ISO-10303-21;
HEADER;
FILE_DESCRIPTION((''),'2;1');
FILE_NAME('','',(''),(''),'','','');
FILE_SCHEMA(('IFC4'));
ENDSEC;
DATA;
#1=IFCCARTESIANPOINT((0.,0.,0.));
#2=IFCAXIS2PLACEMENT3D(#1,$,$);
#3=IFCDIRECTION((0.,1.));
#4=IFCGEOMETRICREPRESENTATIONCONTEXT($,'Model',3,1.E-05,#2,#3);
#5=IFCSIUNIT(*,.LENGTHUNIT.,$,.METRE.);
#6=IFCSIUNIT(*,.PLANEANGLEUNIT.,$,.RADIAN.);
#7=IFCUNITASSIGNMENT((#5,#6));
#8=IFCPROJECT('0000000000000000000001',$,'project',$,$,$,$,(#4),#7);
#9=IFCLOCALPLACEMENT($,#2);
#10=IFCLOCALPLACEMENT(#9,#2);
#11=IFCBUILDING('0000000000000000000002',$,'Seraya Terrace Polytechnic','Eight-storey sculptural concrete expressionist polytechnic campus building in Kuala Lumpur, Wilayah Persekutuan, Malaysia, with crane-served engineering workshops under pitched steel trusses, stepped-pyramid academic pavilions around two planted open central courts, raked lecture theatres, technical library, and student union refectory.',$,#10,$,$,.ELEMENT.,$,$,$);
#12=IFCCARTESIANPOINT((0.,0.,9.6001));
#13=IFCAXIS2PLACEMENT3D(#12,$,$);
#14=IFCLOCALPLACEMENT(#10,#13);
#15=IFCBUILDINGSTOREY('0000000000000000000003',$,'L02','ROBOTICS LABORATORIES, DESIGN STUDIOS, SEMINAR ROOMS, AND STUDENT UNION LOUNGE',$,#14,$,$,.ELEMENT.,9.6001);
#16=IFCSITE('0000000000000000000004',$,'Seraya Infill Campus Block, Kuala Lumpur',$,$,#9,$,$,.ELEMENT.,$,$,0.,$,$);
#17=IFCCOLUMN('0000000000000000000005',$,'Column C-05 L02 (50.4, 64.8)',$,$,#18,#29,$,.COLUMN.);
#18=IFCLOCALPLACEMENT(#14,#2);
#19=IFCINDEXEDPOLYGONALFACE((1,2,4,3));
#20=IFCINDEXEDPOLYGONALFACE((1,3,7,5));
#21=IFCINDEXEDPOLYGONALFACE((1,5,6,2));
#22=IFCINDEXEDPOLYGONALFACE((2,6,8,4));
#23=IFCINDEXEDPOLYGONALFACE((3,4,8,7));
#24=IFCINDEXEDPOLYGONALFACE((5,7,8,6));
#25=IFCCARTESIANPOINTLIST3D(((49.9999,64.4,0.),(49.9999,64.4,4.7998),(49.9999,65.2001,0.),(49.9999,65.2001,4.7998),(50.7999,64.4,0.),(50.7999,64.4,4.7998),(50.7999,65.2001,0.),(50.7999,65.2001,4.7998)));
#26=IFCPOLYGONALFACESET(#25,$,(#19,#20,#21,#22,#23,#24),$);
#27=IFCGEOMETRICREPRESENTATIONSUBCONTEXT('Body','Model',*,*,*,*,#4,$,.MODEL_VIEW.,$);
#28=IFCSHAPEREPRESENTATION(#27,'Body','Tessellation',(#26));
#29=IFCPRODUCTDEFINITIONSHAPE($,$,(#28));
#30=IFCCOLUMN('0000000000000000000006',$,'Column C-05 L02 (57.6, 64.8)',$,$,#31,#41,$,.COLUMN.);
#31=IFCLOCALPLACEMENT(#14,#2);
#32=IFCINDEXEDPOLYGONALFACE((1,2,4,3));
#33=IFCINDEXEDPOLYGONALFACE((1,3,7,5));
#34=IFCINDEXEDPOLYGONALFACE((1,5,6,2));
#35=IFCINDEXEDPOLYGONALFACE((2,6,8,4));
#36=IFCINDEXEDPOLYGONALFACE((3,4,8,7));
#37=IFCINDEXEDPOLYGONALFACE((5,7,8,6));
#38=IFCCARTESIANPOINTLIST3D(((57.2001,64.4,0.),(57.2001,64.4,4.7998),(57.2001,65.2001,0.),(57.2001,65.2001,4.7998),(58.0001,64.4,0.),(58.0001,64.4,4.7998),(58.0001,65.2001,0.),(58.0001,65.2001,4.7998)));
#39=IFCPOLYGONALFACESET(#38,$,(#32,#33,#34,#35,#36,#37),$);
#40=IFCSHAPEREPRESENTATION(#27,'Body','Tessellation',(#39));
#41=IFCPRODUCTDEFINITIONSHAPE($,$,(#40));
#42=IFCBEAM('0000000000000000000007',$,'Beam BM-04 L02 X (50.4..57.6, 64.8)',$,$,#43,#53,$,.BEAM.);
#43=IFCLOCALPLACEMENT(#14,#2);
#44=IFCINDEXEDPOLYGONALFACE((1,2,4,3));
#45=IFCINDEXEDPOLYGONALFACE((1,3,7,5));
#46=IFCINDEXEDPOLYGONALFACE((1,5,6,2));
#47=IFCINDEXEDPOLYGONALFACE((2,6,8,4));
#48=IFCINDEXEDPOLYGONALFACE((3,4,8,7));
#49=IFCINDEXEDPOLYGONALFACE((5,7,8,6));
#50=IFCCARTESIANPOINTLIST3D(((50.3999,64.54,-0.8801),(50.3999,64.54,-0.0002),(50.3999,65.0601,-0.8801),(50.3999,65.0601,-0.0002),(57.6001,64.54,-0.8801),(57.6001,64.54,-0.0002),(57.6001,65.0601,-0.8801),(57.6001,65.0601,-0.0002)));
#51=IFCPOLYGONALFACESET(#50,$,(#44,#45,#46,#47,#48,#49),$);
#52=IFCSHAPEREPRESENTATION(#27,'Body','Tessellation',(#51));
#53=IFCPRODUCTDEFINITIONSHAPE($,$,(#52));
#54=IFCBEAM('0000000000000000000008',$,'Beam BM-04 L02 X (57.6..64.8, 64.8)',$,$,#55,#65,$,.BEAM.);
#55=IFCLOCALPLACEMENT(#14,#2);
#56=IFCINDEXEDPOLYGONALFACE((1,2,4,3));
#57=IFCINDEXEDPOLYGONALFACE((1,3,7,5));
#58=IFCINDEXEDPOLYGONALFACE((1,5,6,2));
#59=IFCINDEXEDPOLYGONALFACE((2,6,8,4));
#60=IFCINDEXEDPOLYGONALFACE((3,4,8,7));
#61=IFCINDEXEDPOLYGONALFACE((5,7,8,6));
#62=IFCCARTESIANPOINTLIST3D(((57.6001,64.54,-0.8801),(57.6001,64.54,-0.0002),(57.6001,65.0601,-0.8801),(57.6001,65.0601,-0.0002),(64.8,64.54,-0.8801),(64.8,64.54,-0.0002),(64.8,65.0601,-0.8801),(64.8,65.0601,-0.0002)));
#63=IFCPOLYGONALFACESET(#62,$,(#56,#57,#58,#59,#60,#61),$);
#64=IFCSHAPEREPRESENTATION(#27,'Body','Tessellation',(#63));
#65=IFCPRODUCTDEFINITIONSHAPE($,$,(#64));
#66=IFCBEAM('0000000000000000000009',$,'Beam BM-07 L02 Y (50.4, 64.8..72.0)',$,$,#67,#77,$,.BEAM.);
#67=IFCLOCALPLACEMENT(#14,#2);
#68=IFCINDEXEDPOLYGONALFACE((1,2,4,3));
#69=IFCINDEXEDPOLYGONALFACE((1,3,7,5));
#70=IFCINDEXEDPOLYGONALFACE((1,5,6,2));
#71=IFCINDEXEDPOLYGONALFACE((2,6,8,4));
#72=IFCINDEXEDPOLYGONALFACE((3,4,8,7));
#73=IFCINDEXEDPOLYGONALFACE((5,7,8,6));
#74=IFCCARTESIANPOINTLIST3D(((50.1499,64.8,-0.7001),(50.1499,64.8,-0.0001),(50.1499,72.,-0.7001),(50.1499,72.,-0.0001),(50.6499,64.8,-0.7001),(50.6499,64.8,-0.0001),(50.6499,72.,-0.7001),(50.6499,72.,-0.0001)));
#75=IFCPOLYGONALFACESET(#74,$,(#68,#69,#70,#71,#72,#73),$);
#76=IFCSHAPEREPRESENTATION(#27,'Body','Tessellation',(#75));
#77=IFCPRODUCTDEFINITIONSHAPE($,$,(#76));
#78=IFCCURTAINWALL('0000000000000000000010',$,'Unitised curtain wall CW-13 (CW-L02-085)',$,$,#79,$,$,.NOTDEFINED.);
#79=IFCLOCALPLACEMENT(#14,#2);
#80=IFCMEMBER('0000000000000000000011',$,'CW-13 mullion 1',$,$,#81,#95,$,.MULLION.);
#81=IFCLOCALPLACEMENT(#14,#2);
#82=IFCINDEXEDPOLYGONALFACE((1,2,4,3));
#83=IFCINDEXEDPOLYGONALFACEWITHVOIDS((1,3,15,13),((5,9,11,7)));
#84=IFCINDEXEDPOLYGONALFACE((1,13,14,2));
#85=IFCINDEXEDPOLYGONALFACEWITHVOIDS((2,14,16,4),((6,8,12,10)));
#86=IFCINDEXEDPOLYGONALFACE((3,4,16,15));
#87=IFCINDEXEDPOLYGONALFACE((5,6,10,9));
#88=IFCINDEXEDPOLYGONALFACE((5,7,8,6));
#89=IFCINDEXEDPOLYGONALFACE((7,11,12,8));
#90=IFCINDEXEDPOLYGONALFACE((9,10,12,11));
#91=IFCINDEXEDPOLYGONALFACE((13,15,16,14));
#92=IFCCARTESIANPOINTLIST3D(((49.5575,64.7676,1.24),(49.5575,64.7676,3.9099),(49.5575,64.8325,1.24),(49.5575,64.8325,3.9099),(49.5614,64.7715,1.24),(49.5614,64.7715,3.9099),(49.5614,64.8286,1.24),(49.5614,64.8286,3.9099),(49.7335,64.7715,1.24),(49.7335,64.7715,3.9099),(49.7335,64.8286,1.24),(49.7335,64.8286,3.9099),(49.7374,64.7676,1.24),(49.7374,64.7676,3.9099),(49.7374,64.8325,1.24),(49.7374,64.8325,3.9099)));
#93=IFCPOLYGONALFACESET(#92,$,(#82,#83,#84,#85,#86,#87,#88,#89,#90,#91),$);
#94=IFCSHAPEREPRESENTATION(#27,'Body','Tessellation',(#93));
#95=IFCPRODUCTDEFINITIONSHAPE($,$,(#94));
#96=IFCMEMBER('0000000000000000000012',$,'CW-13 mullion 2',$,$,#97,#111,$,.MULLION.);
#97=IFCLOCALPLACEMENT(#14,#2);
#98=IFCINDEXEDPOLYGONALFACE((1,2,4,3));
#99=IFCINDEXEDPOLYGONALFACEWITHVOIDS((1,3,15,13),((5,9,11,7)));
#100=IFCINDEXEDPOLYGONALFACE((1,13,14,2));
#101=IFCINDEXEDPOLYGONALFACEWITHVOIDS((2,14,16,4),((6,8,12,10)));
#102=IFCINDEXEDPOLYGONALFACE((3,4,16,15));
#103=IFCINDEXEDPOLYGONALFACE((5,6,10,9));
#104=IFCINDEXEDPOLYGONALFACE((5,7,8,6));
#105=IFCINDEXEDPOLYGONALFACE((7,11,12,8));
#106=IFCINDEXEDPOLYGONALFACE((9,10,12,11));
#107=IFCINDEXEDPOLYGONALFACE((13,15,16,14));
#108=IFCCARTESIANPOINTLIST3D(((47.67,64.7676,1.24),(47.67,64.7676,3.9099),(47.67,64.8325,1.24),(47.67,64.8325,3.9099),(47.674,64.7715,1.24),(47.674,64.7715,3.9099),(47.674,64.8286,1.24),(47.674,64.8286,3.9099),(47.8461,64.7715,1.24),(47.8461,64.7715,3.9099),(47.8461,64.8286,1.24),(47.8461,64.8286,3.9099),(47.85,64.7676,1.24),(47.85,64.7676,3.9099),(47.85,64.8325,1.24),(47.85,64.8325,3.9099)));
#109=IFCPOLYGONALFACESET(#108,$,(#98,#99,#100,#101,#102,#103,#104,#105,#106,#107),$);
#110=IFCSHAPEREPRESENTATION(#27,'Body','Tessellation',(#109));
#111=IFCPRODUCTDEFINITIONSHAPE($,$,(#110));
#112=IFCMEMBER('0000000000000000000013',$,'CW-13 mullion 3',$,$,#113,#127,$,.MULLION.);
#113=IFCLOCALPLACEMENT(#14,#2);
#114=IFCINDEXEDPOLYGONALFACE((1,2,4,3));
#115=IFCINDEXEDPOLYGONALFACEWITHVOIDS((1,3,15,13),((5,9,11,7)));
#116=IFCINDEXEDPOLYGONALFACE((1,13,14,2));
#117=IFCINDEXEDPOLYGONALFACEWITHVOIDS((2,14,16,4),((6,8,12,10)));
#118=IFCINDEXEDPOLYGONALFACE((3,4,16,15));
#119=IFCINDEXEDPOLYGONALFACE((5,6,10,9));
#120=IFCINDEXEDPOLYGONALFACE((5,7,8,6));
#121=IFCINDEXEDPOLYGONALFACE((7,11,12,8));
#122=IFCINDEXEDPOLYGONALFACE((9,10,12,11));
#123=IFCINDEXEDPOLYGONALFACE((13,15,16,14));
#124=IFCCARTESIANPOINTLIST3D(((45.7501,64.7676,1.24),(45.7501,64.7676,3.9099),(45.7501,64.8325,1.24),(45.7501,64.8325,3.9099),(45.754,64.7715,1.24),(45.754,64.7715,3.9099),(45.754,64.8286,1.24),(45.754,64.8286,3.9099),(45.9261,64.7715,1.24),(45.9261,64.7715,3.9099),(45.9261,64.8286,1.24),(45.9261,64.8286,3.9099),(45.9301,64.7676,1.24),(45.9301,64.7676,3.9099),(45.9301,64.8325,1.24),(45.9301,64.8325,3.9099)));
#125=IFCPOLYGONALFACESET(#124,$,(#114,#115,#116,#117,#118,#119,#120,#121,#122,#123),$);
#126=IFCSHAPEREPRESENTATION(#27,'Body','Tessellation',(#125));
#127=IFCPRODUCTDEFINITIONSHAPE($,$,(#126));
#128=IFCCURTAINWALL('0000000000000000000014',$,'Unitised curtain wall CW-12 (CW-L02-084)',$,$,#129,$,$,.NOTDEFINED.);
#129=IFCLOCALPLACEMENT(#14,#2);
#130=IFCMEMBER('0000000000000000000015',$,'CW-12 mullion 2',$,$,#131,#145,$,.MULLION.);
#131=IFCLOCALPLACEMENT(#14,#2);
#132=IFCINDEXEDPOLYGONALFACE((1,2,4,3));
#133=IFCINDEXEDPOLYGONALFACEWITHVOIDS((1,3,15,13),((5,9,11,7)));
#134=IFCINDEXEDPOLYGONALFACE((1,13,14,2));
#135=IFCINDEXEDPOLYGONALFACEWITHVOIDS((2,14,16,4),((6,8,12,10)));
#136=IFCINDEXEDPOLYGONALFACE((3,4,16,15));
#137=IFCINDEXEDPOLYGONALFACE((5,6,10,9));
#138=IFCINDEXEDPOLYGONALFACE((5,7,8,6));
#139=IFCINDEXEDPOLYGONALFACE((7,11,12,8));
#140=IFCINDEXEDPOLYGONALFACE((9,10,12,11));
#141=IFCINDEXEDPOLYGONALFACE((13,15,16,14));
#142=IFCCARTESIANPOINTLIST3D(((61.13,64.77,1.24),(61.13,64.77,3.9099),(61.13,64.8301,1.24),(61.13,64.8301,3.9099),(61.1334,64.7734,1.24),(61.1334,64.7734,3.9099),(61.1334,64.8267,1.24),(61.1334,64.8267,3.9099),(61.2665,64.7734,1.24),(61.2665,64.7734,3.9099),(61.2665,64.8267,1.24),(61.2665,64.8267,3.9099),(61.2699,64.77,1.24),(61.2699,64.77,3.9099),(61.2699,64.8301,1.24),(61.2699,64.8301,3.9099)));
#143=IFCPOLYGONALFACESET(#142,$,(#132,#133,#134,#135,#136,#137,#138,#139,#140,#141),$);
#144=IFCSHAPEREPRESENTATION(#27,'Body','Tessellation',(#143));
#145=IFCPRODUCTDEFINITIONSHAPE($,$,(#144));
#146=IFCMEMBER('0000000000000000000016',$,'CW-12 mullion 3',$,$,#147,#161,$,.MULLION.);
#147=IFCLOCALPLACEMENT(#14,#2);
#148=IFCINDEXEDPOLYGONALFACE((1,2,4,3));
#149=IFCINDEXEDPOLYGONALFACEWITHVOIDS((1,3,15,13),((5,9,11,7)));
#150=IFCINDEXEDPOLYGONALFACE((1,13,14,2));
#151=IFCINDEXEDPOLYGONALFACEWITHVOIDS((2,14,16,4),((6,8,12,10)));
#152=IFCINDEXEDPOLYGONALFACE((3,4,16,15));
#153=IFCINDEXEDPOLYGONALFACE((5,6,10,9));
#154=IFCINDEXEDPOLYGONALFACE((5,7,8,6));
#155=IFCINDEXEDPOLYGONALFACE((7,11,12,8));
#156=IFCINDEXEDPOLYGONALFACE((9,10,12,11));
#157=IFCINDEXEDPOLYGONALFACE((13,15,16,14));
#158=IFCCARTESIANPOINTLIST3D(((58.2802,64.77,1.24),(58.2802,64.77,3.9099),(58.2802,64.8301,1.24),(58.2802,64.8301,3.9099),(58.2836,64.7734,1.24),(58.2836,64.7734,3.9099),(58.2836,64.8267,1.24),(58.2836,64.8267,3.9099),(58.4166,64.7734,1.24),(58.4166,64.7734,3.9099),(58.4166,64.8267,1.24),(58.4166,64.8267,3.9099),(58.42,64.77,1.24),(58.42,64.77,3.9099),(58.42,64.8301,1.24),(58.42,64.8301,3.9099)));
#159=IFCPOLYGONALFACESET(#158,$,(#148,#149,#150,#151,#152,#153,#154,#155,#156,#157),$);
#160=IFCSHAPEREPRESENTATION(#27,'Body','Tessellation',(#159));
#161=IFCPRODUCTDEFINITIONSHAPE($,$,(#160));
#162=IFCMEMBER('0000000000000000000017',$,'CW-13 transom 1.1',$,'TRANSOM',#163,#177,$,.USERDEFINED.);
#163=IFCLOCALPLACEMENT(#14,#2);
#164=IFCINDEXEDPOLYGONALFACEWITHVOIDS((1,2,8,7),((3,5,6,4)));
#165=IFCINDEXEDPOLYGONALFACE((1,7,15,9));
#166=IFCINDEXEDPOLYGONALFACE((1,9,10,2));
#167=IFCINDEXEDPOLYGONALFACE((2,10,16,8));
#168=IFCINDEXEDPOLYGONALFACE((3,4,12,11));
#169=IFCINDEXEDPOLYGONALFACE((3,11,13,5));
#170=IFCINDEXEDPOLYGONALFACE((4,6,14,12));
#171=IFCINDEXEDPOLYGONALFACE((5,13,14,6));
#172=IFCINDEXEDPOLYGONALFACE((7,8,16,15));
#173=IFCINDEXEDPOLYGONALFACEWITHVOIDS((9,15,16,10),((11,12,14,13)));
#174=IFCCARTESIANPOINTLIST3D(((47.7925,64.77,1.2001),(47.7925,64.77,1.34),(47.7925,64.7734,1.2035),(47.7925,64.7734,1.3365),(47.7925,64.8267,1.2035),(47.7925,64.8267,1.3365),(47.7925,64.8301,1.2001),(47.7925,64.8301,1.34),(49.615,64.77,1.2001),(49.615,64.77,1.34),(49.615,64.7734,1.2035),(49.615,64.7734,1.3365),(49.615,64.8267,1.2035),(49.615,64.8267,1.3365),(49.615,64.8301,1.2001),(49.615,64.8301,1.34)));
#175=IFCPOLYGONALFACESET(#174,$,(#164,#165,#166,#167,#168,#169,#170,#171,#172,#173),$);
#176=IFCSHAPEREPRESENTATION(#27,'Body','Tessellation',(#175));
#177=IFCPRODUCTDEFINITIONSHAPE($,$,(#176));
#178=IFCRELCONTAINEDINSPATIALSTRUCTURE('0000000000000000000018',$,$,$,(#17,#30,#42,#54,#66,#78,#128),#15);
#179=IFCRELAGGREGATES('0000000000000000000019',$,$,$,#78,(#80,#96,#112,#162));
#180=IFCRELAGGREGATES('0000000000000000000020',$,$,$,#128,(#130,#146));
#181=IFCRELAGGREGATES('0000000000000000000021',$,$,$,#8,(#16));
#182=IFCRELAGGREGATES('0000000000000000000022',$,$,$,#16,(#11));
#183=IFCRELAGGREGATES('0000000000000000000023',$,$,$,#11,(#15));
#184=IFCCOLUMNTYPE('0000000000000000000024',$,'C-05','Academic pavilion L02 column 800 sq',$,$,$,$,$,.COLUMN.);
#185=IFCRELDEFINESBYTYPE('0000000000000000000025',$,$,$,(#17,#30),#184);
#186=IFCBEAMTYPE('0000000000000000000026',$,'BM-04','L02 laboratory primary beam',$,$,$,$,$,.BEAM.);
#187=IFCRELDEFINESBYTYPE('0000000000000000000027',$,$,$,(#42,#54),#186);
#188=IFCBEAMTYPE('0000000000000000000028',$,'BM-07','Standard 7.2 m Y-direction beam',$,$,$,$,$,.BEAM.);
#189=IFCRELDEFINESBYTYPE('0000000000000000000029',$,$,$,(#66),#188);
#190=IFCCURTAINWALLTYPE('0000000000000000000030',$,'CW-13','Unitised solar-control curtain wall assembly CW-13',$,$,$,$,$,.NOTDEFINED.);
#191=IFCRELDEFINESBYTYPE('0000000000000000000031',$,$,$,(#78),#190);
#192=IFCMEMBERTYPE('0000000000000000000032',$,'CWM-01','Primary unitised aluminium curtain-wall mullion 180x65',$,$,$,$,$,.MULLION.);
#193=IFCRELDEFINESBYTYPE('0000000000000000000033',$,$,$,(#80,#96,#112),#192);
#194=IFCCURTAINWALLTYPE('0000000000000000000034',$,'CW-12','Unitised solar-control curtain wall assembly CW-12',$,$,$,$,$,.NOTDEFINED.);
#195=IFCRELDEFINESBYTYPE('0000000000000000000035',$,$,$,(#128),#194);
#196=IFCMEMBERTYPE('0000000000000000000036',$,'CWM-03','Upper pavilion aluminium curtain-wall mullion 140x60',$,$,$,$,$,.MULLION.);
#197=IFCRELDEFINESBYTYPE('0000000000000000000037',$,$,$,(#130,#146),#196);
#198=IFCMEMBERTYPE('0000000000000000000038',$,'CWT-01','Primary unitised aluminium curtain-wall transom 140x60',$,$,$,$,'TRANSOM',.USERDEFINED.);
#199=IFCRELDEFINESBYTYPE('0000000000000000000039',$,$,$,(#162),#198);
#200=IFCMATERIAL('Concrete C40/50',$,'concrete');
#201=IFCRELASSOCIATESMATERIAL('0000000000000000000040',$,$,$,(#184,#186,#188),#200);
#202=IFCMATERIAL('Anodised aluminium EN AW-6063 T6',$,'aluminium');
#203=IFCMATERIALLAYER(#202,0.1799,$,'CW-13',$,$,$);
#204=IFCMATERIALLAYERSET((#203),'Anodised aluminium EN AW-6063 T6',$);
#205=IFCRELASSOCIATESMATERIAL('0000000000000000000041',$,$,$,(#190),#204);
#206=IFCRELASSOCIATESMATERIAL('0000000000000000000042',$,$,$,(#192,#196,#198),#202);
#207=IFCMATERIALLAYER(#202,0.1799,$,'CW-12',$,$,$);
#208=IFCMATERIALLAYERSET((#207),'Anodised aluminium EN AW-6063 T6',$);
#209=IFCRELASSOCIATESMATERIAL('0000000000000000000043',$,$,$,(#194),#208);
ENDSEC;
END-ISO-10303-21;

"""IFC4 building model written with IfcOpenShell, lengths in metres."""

from ifc_helpers import new_model, si_unit, direction, frame, origin, origin_2d, place, context, subcontext, project, spatial, rectangle, hollow_rectangle, extrude, material, layer, layer_set, material_profile, profile_set, type_object, element, aggregate, save


model = new_model("IFC4")

# Units and contexts
model_context = context("Model", 3, precision=1e-05, world=origin(), true_north=direction((0.0, 1.0)))
body_context = subcontext(model_context, "Body", "Model", "MODEL_VIEW")
ifc_project = project(units=[si_unit("LENGTHUNIT", "METRE"), si_unit("PLANEANGLEUNIT", "RADIAN")], contexts=[model_context])

# Site, building, storey
site_placement = place(None, origin())
site = spatial("IfcSite", under=ifc_project, at=site_placement, Name="Seraya Infill Campus Block, Kuala Lumpur", CompositionType="ELEMENT", RefElevation=0.0)
building_placement = place(site_placement, origin())
building = spatial("IfcBuilding", under=site, at=building_placement, Name="Seraya Terrace Polytechnic", Description="Eight-storey sculptural concrete expressionist polytechnic campus building in Kuala Lumpur, Wilayah Persekutuan, Malaysia, with crane-served engineering workshops under pitched steel trusses, stepped-pyramid academic pavilions around two planted open central courts, raked lecture theatres, technical library, and student union refectory.", CompositionType="ELEMENT")
storey_placement = place(building_placement, frame((0.0, 0.0, 9.6001)))
storey = spatial("IfcBuildingStorey", under=building, at=storey_placement, Name="L02", Description="ROBOTICS LABORATORIES, DESIGN STUDIOS, SEMINAR ROOMS, AND STUDENT UNION LOUNGE", CompositionType="ELEMENT", Elevation=9.6001)

# Columns
ifc_material_1 = material(Name="Concrete C40/50", Category="concrete")
ifc_material_profile_1 = material_profile(ifc_material_1, rectangle(XDim=0.8, YDim=0.8, at=origin_2d()), Name="RC 800x800")
ifc_profile_set_1 = profile_set([ifc_material_profile_1], Name="Concrete C40/50")
column_type = type_object("IfcColumnType", Name="C-05", Description="Academic pavilion L02 column 800 sq", PredefinedType="COLUMN", material=ifc_profile_set_1)
for number, where, z_axis, x_axis, name in (
    (1, (50.3999, 64.8, 0.0), (0.0, 0.0, 1.0), (1.0, 0.0, 0.0), "Column C-05 L02 (50.4, 64.8)"),
    (2, (57.6001, 64.8, 0.0), (0.0, 0.0, 1.0), (1.0, 0.0, 0.0), "Column C-05 L02 (57.6, 64.8)"),
):
    element("IfcColumn", number, at=place(storey_placement, frame(where, z_axis=z_axis, x_axis=x_axis)), inside=storey, type_object=column_type, Name=name, PredefinedType="COLUMN", context=body_context, shape_type="SweptSolid", body=[
        extrude(rectangle(XDim=0.8, YDim=0.8, at=origin_2d()), origin(), (0.0, 0.0, 1.0), 4.7998),
    ])

# Beams
ifc_material_profile_2 = material_profile(ifc_material_1, rectangle(XDim=0.52, YDim=0.8799, at=origin_2d()), Name="RC 520x880")
ifc_profile_set_2 = profile_set([ifc_material_profile_2], Name="Concrete C40/50")
beam_type_1 = type_object("IfcBeamType", Name="BM-04", Description="L02 laboratory primary beam", PredefinedType="BEAM", material=ifc_profile_set_2)
beam_1_placement = place(storey_placement, frame((50.3999, 64.8, -0.4402), z_axis=(1.0, 0.0, 0.0), x_axis=(0.0, 1.0, 0.0)))
element("IfcBeam", 3, at=beam_1_placement, inside=storey, type_object=beam_type_1, Name="Beam BM-04 L02 X (50.4..57.6, 64.8)", PredefinedType="BEAM", context=body_context, shape_type="SweptSolid", body=[
    extrude(rectangle(XDim=0.52, YDim=0.8799, at=origin_2d()), origin(), (0.0, 0.0, 1.0), 7.2002),
])
beam_2_placement = place(storey_placement, frame((57.6001, 64.8, -0.4402), z_axis=(1.0, 0.0, 0.0), x_axis=(0.0, 1.0, 0.0)))
element("IfcBeam", 4, at=beam_2_placement, inside=storey, type_object=beam_type_1, Name="Beam BM-04 L02 X (57.6..64.8, 64.8)", PredefinedType="BEAM", context=body_context, shape_type="SweptSolid", body=[
    extrude(rectangle(XDim=0.52, YDim=0.8799, at=origin_2d()), origin(), (0.0, 0.0, 1.0), 7.2),
])
ifc_material_profile_3 = material_profile(ifc_material_1, rectangle(XDim=0.5, YDim=0.7, at=origin_2d()), Name="RC 500x700")
ifc_profile_set_3 = profile_set([ifc_material_profile_3], Name="Concrete C40/50")
beam_type_2 = type_object("IfcBeamType", Name="BM-07", Description="Standard 7.2 m Y-direction beam", PredefinedType="BEAM", material=ifc_profile_set_3)
beam_3_placement = place(storey_placement, frame((50.3999, 64.8, -0.3501), z_axis=(0.0, 1.0, 0.0), x_axis=(-1.0, 0.0, 0.0)))
element("IfcBeam", 5, at=beam_3_placement, inside=storey, type_object=beam_type_2, Name="Beam BM-07 L02 Y (50.4, 64.8..72.0)", PredefinedType="BEAM", context=body_context, shape_type="SweptSolid", body=[
    extrude(rectangle(XDim=0.5, YDim=0.7, at=origin_2d()), origin(), (0.0, 0.0, 1.0), 7.2),
])

# Curtain walls, members
ifc_material_2 = material(Name="Anodised aluminium EN AW-6063 T6", Category="aluminium")
ifc_layer_1 = layer(ifc_material_2, 0.1799, Name="CW-13")
ifc_layer_set_1 = layer_set([ifc_layer_1], Name="Anodised aluminium EN AW-6063 T6")
curtain_wall_type_1 = type_object("IfcCurtainWallType", Name="CW-13", Description="Unitised solar-control curtain wall assembly CW-13", PredefinedType="NOTDEFINED", material=ifc_layer_set_1)
curtain_wall_1_placement = place(storey_placement, origin())
curtain_wall_1 = element("IfcCurtainWall", 6, at=curtain_wall_1_placement, inside=storey, type_object=curtain_wall_type_1, Name="Unitised curtain wall CW-13 (CW-L02-085)", PredefinedType="NOTDEFINED")
ifc_material_profile_4 = material_profile(ifc_material_2, hollow_rectangle(XDim=0.0649, YDim=0.1799, WallThickness=0.0039, at=origin_2d()), Name="RHS 180x65x4.0")
ifc_profile_set_4 = profile_set([ifc_material_profile_4], Name="Anodised aluminium EN AW-6063 T6")
member_type_1 = type_object("IfcMemberType", Name="CWM-01", Description="Primary unitised aluminium curtain-wall mullion 180x65", PredefinedType="MULLION", material=ifc_profile_set_4)
member_1_placement = place(storey_placement, frame((49.6475, 64.8, 1.24), z_axis=(0.0, 0.0, 1.0), x_axis=(0.0, -1.0, 0.0)))
member_1 = element("IfcMember", 7, at=member_1_placement, type_object=member_type_1, Name="CW-13 mullion 1", PredefinedType="MULLION", context=body_context, shape_type="SweptSolid", body=[
    extrude(hollow_rectangle(XDim=0.0649, YDim=0.1799, WallThickness=0.0039, at=origin_2d()), origin(), (0.0, 0.0, 1.0), 2.6699),
])
member_2_placement = place(storey_placement, frame((47.76, 64.8, 1.24), z_axis=(0.0, 0.0, 1.0), x_axis=(0.0, -1.0, 0.0)))
member_2 = element("IfcMember", 8, at=member_2_placement, type_object=member_type_1, Name="CW-13 mullion 2", PredefinedType="MULLION", context=body_context, shape_type="SweptSolid", body=[
    extrude(hollow_rectangle(XDim=0.0649, YDim=0.1799, WallThickness=0.0039, at=origin_2d()), origin(), (0.0, 0.0, 1.0), 2.6699),
])
member_3_placement = place(storey_placement, frame((45.8401, 64.8, 1.24), z_axis=(0.0, 0.0, 1.0), x_axis=(0.0, -1.0, 0.0)))
member_3 = element("IfcMember", 9, at=member_3_placement, type_object=member_type_1, Name="CW-13 mullion 3", PredefinedType="MULLION", context=body_context, shape_type="SweptSolid", body=[
    extrude(hollow_rectangle(XDim=0.0649, YDim=0.1799, WallThickness=0.0039, at=origin_2d()), origin(), (0.0, 0.0, 1.0), 2.6699),
])
ifc_layer_2 = layer(ifc_material_2, 0.1799, Name="CW-12")
ifc_layer_set_2 = layer_set([ifc_layer_2], Name="Anodised aluminium EN AW-6063 T6")
curtain_wall_type_2 = type_object("IfcCurtainWallType", Name="CW-12", Description="Unitised solar-control curtain wall assembly CW-12", PredefinedType="NOTDEFINED", material=ifc_layer_set_2)
curtain_wall_2_placement = place(storey_placement, origin())
curtain_wall_2 = element("IfcCurtainWall", 10, at=curtain_wall_2_placement, inside=storey, type_object=curtain_wall_type_2, Name="Unitised curtain wall CW-12 (CW-L02-084)", PredefinedType="NOTDEFINED")
ifc_material_profile_5 = material_profile(ifc_material_2, hollow_rectangle(XDim=0.0601, YDim=0.1399, WallThickness=0.0034, at=origin_2d()), Name="RHS 140x60x3.5")
ifc_profile_set_5 = profile_set([ifc_material_profile_5], Name="Anodised aluminium EN AW-6063 T6")
member_type_2 = type_object("IfcMemberType", Name="CWM-03", Description="Upper pavilion aluminium curtain-wall mullion 140x60", PredefinedType="MULLION", material=ifc_profile_set_5)
member_4_placement = place(storey_placement, frame((61.2, 64.8, 1.24), z_axis=(0.0, 0.0, 1.0), x_axis=(0.0, -1.0, 0.0)))
member_4 = element("IfcMember", 11, at=member_4_placement, type_object=member_type_2, Name="CW-12 mullion 2", PredefinedType="MULLION", context=body_context, shape_type="SweptSolid", body=[
    extrude(hollow_rectangle(XDim=0.0601, YDim=0.1399, WallThickness=0.0034, at=origin_2d()), origin(), (0.0, 0.0, 1.0), 2.6699),
])
member_5_placement = place(storey_placement, frame((58.3501, 64.8, 1.24), z_axis=(0.0, 0.0, 1.0), x_axis=(0.0, -1.0, 0.0)))
member_5 = element("IfcMember", 12, at=member_5_placement, type_object=member_type_2, Name="CW-12 mullion 3", PredefinedType="MULLION", context=body_context, shape_type="SweptSolid", body=[
    extrude(hollow_rectangle(XDim=0.0601, YDim=0.1399, WallThickness=0.0034, at=origin_2d()), origin(), (0.0, 0.0, 1.0), 2.6699),
])

# Member
ifc_material_profile_6 = material_profile(ifc_material_2, hollow_rectangle(XDim=0.0601, YDim=0.1399, WallThickness=0.0034, at=origin_2d()), Name="RHS 140x60x3.5")
ifc_profile_set_6 = profile_set([ifc_material_profile_6], Name="Anodised aluminium EN AW-6063 T6")
member_type_3 = type_object("IfcMemberType", Name="CWT-01", Description="Primary unitised aluminium curtain-wall transom 140x60", ElementType="TRANSOM", PredefinedType="USERDEFINED", material=ifc_profile_set_6)
member_6_placement = place(storey_placement, frame((49.615, 64.8, 1.27), z_axis=(-1.0, 0.0, 0.0), x_axis=(0.0, -1.0, 0.0)))
member_6 = element("IfcMember", 13, at=member_6_placement, type_object=member_type_3, Name="CW-13 transom 1.1", ObjectType="TRANSOM", PredefinedType="USERDEFINED", context=body_context, shape_type="SweptSolid", body=[
    extrude(hollow_rectangle(XDim=0.0601, YDim=0.1399, WallThickness=0.0034, at=origin_2d()), origin(), (0.0, 0.0, 1.0), 1.8225),
])

aggregate(curtain_wall_1, [member_1, member_2, member_3, member_6])
aggregate(curtain_wall_2, [member_4, member_5])

save(model, "model.ifc")
